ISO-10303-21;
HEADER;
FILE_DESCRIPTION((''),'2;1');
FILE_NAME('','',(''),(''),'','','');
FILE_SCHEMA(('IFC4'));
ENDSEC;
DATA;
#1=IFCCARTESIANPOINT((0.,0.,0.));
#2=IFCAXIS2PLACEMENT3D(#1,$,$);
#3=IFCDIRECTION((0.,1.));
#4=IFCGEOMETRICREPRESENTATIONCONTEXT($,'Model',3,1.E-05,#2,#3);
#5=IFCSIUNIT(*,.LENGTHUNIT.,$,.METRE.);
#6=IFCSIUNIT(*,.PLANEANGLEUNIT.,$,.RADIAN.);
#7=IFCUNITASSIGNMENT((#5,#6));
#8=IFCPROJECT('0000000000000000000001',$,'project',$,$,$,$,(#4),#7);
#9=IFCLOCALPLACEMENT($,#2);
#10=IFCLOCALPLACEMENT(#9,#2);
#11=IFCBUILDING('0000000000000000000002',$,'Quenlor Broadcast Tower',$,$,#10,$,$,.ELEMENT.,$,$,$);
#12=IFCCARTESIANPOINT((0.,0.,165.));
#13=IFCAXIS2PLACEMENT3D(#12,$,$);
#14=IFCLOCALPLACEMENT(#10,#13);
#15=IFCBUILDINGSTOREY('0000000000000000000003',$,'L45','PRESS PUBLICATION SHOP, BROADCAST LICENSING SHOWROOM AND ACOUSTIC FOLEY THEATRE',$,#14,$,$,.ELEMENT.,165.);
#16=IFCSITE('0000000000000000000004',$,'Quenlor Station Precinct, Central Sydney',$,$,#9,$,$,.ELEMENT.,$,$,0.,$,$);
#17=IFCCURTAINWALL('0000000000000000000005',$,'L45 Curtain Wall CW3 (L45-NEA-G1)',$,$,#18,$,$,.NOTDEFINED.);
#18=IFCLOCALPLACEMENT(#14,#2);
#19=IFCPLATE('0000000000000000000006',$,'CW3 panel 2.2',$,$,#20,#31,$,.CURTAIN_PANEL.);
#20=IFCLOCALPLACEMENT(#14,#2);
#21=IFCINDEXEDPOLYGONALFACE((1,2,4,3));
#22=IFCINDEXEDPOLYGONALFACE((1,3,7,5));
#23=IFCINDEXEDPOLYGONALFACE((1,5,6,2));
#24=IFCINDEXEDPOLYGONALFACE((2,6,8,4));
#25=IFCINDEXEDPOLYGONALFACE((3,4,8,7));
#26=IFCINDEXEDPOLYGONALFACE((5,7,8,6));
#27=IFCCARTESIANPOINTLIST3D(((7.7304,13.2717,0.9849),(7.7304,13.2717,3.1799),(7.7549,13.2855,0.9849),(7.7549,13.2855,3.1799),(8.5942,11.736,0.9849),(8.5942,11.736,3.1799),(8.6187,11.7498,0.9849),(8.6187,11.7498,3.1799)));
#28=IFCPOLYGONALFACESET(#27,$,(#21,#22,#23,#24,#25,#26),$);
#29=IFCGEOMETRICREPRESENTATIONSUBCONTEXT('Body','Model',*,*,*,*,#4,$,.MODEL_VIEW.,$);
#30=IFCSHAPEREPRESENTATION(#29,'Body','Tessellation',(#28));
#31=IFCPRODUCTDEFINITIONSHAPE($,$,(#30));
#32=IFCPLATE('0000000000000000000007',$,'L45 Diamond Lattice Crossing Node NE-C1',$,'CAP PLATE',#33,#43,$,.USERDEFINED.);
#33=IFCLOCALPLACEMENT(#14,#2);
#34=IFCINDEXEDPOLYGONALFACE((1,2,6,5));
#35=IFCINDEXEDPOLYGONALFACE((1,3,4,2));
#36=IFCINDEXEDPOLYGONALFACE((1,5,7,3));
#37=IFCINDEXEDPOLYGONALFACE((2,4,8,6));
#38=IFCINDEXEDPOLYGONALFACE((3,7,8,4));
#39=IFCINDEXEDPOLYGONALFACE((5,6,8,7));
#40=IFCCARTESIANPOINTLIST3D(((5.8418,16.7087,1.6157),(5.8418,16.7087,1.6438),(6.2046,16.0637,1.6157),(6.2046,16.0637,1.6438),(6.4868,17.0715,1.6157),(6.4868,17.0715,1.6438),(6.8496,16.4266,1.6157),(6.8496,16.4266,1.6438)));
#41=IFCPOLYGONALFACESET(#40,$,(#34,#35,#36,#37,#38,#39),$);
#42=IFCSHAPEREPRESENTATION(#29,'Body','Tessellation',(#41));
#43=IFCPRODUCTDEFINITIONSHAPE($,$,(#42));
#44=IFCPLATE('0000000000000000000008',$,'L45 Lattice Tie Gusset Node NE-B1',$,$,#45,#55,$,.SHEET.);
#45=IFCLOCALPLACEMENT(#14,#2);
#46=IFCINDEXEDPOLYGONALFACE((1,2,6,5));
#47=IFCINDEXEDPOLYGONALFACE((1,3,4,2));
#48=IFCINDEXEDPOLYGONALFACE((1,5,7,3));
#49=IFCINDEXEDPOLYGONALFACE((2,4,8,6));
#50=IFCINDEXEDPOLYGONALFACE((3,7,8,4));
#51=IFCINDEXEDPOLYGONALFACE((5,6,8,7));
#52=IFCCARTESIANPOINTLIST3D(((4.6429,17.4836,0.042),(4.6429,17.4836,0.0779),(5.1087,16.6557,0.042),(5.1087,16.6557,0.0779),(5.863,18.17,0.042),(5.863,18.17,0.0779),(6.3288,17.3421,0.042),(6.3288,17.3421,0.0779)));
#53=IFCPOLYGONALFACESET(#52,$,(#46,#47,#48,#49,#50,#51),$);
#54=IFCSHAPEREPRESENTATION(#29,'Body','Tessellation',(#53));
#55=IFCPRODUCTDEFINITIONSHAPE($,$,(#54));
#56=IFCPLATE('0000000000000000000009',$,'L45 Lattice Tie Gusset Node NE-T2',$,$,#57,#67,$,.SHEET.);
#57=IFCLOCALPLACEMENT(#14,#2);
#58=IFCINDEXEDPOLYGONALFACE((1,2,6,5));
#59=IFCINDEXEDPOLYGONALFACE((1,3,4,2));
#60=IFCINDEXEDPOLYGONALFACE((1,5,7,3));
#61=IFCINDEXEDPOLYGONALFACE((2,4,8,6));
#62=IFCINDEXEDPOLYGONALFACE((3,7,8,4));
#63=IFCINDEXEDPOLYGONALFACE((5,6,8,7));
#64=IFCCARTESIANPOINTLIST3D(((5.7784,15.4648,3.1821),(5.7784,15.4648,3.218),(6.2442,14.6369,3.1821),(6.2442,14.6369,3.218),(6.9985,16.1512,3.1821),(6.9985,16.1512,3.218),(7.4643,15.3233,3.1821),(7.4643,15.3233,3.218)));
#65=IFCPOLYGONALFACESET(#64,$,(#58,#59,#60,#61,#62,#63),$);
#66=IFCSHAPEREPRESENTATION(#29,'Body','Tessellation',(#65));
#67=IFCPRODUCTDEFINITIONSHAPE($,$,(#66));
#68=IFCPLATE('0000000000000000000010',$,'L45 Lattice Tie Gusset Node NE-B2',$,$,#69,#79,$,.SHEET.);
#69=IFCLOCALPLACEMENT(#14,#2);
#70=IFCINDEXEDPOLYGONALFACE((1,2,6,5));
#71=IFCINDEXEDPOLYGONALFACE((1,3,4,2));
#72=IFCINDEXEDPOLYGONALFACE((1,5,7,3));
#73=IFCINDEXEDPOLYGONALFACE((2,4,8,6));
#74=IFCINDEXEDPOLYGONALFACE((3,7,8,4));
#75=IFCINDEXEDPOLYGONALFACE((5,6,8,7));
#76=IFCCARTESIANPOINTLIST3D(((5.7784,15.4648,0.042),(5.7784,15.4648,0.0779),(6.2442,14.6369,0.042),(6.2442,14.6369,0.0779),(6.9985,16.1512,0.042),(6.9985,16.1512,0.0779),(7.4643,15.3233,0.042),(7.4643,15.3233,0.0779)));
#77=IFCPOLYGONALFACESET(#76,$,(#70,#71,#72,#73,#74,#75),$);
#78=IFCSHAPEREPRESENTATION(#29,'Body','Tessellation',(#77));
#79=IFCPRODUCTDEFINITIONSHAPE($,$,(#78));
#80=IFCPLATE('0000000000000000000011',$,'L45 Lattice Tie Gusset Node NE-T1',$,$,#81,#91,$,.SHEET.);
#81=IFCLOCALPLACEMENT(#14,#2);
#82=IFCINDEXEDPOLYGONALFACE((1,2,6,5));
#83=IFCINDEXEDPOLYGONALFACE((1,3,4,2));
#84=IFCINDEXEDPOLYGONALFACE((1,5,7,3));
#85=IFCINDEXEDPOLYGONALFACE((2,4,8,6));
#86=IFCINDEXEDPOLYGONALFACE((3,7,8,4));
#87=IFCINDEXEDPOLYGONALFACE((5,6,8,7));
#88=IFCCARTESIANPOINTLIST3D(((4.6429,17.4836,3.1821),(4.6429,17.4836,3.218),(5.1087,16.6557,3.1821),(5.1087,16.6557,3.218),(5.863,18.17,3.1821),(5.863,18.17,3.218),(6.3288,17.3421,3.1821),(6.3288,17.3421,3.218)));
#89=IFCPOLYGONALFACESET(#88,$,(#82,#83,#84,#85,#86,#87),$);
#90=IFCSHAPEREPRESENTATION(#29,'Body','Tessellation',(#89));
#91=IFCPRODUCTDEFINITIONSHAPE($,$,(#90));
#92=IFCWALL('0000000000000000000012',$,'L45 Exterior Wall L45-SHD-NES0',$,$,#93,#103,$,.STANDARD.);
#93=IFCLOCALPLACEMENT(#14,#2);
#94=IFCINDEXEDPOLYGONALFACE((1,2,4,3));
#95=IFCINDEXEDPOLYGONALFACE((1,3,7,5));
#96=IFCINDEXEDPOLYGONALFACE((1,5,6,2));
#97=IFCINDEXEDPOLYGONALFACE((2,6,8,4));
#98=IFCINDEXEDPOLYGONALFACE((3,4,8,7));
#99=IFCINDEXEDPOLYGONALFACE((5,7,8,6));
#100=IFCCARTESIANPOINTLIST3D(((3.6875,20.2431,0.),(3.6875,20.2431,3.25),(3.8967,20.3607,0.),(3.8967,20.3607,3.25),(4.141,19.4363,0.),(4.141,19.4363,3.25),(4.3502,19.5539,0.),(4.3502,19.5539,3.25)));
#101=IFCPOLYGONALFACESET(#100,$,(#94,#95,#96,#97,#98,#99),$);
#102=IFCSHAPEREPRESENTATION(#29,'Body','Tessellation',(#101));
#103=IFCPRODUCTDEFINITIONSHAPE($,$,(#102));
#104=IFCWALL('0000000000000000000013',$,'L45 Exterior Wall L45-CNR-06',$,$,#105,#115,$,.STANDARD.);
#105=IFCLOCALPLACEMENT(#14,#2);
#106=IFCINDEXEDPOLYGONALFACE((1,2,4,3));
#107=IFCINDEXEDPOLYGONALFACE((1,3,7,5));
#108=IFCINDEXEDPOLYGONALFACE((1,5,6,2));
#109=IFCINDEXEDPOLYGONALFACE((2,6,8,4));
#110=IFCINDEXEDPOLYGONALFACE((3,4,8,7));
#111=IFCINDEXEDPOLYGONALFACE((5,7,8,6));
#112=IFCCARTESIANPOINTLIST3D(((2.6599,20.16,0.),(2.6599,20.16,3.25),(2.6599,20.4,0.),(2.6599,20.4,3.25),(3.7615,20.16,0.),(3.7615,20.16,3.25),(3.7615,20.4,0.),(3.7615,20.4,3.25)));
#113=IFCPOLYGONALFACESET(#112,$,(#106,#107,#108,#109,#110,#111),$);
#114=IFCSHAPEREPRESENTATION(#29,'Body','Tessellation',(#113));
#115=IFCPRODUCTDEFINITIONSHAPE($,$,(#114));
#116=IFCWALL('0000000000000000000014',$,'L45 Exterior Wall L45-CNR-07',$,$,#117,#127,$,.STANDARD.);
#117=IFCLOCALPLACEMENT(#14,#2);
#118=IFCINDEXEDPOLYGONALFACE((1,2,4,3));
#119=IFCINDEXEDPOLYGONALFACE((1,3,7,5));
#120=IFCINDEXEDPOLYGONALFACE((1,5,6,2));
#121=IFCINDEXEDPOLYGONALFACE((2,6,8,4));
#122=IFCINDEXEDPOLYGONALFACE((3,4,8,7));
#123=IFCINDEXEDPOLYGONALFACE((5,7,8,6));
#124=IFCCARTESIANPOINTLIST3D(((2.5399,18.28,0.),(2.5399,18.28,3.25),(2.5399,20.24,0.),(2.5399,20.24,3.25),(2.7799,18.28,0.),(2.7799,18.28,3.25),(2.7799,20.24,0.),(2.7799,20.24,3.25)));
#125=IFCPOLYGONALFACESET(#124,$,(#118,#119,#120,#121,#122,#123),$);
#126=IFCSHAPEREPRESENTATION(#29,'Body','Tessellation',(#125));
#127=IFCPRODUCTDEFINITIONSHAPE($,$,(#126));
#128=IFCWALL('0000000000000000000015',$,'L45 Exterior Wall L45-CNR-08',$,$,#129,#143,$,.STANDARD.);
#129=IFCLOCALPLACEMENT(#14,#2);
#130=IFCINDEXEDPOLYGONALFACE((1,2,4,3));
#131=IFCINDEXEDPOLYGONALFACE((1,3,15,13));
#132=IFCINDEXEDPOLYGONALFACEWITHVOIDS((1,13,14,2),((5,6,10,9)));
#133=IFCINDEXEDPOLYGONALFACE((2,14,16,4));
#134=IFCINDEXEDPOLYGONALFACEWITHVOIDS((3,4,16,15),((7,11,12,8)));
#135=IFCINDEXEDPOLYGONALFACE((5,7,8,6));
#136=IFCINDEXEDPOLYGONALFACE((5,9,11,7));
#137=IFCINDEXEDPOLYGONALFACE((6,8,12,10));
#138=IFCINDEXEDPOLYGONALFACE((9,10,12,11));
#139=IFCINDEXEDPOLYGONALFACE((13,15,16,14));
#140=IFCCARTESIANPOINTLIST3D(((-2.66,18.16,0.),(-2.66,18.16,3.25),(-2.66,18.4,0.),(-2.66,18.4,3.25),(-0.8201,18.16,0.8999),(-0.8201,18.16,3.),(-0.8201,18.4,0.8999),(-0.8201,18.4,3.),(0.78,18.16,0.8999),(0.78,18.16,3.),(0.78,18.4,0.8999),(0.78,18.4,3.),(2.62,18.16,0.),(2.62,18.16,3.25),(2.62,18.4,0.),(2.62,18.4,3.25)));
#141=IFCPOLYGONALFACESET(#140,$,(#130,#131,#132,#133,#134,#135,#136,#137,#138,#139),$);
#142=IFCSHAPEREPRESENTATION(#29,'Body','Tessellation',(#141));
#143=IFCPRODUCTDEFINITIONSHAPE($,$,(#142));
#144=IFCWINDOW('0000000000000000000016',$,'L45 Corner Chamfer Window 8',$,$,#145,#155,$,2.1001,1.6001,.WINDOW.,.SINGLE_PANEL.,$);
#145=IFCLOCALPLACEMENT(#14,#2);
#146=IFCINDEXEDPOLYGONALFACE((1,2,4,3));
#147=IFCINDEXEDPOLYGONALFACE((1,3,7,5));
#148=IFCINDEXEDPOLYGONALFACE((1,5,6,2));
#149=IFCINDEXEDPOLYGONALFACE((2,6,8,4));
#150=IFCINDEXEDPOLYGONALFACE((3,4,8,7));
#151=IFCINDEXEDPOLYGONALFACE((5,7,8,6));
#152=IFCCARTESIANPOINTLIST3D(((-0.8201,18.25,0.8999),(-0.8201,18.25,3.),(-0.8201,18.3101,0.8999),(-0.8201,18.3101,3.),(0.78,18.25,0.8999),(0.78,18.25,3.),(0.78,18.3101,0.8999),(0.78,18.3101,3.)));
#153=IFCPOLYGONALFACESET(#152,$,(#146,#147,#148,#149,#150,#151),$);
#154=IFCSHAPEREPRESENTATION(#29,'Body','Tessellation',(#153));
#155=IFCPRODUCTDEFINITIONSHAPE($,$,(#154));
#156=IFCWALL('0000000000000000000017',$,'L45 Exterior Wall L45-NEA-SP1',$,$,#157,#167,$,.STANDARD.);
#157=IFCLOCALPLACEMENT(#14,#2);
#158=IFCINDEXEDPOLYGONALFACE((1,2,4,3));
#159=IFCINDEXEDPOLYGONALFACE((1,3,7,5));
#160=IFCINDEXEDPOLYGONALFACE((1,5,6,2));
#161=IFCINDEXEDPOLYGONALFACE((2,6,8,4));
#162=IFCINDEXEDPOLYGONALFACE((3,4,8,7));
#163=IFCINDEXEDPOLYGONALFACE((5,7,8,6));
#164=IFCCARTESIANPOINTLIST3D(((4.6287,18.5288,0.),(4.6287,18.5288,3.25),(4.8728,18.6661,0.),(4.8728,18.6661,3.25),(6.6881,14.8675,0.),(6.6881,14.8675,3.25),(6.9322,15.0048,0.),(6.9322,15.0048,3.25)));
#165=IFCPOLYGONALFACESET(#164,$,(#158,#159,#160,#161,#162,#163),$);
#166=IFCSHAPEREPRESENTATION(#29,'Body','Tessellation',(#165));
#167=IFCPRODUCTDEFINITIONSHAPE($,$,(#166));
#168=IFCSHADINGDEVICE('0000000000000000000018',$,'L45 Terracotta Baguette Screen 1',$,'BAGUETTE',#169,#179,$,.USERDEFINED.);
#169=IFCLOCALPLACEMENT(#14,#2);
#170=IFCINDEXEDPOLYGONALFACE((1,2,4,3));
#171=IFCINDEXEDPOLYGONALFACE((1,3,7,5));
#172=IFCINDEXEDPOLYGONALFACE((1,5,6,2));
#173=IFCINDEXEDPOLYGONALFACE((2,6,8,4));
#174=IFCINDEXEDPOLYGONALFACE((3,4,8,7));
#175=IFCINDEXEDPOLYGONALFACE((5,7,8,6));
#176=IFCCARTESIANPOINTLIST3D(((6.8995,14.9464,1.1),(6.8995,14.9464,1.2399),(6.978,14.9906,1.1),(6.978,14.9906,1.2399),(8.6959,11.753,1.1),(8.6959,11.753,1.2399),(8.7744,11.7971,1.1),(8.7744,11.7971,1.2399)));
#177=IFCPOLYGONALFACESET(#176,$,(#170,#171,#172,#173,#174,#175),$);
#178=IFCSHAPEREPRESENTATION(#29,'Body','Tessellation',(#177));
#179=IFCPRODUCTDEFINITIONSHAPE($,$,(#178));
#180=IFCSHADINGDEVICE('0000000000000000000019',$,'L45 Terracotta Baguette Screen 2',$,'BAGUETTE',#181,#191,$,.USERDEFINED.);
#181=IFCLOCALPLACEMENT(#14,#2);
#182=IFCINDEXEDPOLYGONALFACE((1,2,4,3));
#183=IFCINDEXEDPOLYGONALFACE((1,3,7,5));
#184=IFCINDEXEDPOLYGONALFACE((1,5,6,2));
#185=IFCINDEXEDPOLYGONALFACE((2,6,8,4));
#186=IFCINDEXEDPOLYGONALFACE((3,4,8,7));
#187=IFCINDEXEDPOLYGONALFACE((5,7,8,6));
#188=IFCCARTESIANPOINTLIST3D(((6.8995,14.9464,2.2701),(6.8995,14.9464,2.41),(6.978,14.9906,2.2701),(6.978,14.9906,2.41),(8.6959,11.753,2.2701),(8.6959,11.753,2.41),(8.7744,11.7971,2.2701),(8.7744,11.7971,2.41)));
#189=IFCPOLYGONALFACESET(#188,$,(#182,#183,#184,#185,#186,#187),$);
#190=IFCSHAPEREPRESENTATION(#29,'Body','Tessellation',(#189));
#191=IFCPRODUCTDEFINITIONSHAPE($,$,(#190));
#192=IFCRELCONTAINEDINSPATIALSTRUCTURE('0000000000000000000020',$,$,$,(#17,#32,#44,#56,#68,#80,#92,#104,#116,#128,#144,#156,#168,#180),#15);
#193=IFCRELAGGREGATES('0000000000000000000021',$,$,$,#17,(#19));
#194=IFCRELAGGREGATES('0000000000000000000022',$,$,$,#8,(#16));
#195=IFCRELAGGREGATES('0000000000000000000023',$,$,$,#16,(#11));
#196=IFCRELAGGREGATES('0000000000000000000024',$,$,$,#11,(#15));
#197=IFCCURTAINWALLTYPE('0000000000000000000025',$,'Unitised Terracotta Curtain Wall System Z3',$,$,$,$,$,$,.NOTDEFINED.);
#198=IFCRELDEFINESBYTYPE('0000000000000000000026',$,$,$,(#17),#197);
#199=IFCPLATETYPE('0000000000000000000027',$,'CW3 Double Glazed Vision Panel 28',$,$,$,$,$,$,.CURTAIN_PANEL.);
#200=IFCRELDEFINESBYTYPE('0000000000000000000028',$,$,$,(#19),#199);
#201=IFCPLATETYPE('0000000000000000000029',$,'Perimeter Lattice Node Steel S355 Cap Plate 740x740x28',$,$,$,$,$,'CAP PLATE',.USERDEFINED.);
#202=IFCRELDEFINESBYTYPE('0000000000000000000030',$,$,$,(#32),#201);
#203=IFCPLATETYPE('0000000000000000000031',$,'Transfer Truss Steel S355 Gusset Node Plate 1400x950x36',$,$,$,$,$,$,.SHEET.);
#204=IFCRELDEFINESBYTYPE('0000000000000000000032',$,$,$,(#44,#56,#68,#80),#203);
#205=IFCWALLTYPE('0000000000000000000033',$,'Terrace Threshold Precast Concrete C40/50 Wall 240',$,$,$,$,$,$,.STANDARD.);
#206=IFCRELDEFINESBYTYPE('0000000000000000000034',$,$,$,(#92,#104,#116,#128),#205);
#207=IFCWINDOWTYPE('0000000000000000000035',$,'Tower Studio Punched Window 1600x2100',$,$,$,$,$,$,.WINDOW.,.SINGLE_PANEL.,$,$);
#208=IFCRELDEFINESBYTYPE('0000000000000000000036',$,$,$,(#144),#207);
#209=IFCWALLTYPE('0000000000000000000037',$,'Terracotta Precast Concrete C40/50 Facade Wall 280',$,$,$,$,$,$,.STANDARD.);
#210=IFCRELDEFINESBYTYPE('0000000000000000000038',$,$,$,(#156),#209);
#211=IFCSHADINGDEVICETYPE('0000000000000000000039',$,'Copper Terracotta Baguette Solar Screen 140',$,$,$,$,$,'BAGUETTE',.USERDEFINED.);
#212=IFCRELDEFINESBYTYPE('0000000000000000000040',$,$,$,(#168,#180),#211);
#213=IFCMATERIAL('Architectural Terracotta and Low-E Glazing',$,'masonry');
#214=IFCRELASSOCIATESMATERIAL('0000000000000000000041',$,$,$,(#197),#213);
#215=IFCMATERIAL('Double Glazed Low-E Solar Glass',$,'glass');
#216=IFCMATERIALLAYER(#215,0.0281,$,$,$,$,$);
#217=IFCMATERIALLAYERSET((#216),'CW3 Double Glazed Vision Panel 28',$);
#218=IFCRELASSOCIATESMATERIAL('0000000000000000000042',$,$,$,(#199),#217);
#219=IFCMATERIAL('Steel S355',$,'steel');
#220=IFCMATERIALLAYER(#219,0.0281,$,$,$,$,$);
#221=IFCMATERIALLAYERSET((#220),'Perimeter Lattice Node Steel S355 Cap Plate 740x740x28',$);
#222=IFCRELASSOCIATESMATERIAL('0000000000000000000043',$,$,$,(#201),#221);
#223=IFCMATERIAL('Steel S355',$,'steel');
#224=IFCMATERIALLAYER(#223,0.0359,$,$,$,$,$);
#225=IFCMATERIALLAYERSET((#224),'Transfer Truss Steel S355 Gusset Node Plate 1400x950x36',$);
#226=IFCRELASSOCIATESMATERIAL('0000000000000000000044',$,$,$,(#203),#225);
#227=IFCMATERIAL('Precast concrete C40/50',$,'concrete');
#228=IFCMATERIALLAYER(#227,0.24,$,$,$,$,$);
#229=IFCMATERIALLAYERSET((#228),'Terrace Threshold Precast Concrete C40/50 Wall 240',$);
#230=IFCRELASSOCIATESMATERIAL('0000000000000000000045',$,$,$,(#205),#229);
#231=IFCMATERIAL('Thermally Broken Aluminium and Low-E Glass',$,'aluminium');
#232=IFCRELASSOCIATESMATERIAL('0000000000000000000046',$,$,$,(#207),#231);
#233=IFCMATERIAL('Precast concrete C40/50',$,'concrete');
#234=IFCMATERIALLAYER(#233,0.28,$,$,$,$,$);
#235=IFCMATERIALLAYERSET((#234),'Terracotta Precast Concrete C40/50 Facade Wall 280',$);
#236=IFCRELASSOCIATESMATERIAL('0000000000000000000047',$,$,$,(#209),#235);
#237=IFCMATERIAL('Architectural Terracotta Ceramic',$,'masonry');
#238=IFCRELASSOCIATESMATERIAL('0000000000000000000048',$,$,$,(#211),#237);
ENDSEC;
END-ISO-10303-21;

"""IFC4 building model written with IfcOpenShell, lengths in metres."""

from ifc_helpers import new_model, si_unit, direction, frame, frame_2d, origin, origin_2d, place, context, subcontext, project, spatial, rectangle, extrude, material, layer, layer_set, material_profile, profile_set, type_object, element, fill, aggregate, save


model = new_model("IFC4")

# Units and contexts
model_context = context("Model", 3, precision=1e-05, world=origin(), true_north=direction((0.0, 1.0)))
body_context = subcontext(model_context, "Body", "Model", "MODEL_VIEW")
ifc_project = project(units=[si_unit("LENGTHUNIT", "METRE"), si_unit("PLANEANGLEUNIT", "RADIAN")], contexts=[model_context])

# Site, building, storey
site_placement = place(None, origin())
site = spatial("IfcSite", under=ifc_project, at=site_placement, Name="Quenlor Station Precinct, Central Sydney", CompositionType="ELEMENT", RefElevation=0.0)
building_placement = place(site_placement, origin())
building = spatial("IfcBuilding", under=site, at=building_placement, Name="Quenlor Broadcast Tower", CompositionType="ELEMENT")
storey_placement = place(building_placement, frame((0.0, 0.0, 165.0)))
storey = spatial("IfcBuildingStorey", under=building, at=storey_placement, Name="L45", Description="PRESS PUBLICATION SHOP, BROADCAST LICENSING SHOWROOM AND ACOUSTIC FOLEY THEATRE", CompositionType="ELEMENT", Elevation=165.0)

# Curtain wall
ifc_material_1 = material(Name="Architectural Terracotta and Low-E Glazing", Category="masonry")
curtain_wall_type = type_object("IfcCurtainWallType", Name="Unitised Terracotta Curtain Wall System Z3", PredefinedType="NOTDEFINED", material=ifc_material_1)
curtain_wall_placement = place(storey_placement, origin())
curtain_wall = element("IfcCurtainWall", 1, at=curtain_wall_placement, inside=storey, type_object=curtain_wall_type, Name="L45 Curtain Wall CW3 (L45-NEA-G1)", PredefinedType="NOTDEFINED")

# Plate
ifc_material_2 = material(Name="Double Glazed Low-E Solar Glass", Category="glass")
ifc_layer_1 = layer(ifc_material_2, 0.0281)
ifc_layer_set_1 = layer_set([ifc_layer_1], Name="CW3 Double Glazed Vision Panel 28")
plate_type_1 = type_object("IfcPlateType", Name="CW3 Double Glazed Vision Panel 28", PredefinedType="CURTAIN_PANEL", material=ifc_layer_set_1)
plate_1_placement = place(storey_placement, frame((8.1746, 12.5107, 0.9849), z_axis=(0.0, 0.0, 1.0), x_axis=(0.49027, -0.871571, 0.0)))
plate_1 = element("IfcPlate", 2, at=plate_1_placement, type_object=plate_type_1, Name="CW3 panel 2.2", PredefinedType="CURTAIN_PANEL", context=body_context, shape_type="SweptSolid", body=[
    extrude(rectangle(XDim=1.762, YDim=0.0281, at=origin_2d()), origin(), (0.0, 0.0, 1.0), 2.1951),
])
aggregate(curtain_wall, [plate_1])

# Plates
ifc_material_3 = material(Name="Steel S355", Category="steel")
ifc_layer_2 = layer(ifc_material_3, 0.0281)
ifc_layer_set_2 = layer_set([ifc_layer_2], Name="Perimeter Lattice Node Steel S355 Cap Plate 740x740x28")
plate_type_2 = type_object("IfcPlateType", Name="Perimeter Lattice Node Steel S355 Cap Plate 740x740x28", ElementType="CAP PLATE", PredefinedType="USERDEFINED", material=ifc_layer_set_2)
plate_2_placement = place(storey_placement, frame((6.3457, 16.5676, 1.6157), z_axis=(0.0, 0.0, 1.0), x_axis=(0.490295, -0.871556, 0.0)))
element("IfcPlate", 3, at=plate_2_placement, inside=storey, type_object=plate_type_2, Name="L45 Diamond Lattice Crossing Node NE-C1", ObjectType="CAP PLATE", PredefinedType="USERDEFINED", context=body_context, shape_type="SweptSolid", body=[
    extrude(rectangle(XDim=0.74, YDim=0.74, at=origin_2d()), origin(), (0.0, 0.0, 1.0), 0.0281),
])
ifc_material_4 = material(Name="Steel S355", Category="steel")
ifc_layer_3 = layer(ifc_material_4, 0.0359)
ifc_layer_set_3 = layer_set([ifc_layer_3], Name="Transfer Truss Steel S355 Gusset Node Plate 1400x950x36")
plate_type_3 = type_object("IfcPlateType", Name="Transfer Truss Steel S355 Gusset Node Plate 1400x950x36", PredefinedType="SHEET", material=ifc_layer_set_3)
for number, where, z_axis, x_axis, name in (
    (4, (5.4858, 17.4128, 0.042), (0.0, 0.0, 1.0), (0.871556, 0.490295, 0.0), "L45 Lattice Tie Gusset Node NE-B1"),
    (5, (6.6213, 15.394, 3.1821), (0.0, 0.0, 1.0), (0.871556, 0.490295, 0.0), "L45 Lattice Tie Gusset Node NE-T2"),
    (6, (6.6213, 15.394, 0.042), (0.0, 0.0, 1.0), (0.871556, 0.490295, 0.0), "L45 Lattice Tie Gusset Node NE-B2"),
    (7, (5.4858, 17.4128, 3.1821), (0.0, 0.0, 1.0), (0.871556, 0.490295, 0.0), "L45 Lattice Tie Gusset Node NE-T1"),
):
    element("IfcPlate", number, at=place(storey_placement, frame(where, z_axis=z_axis, x_axis=x_axis)), inside=storey, type_object=plate_type_3, Name=name, PredefinedType="SHEET", context=body_context, shape_type="SweptSolid", body=[
        extrude(rectangle(XDim=1.3999, YDim=0.95, at=origin_2d()), origin(), (0.0, 0.0, 1.0), 0.0359),
    ])

# Walls
ifc_material_5 = material(Name="Precast concrete C40/50", Category="concrete")
ifc_layer_4 = layer(ifc_material_5, 0.24)
ifc_layer_set_4 = layer_set([ifc_layer_4], Name="Terrace Threshold Precast Concrete C40/50 Wall 240")
wall_type_1 = type_object("IfcWallType", Name="Terrace Threshold Precast Concrete C40/50 Wall 240", PredefinedType="STANDARD", material=ifc_layer_set_4)
wall_1_placement = place(storey_placement, frame((3.792, 20.302, 0.0), z_axis=(0.0, 0.0, 1.0), x_axis=(0.490048, -0.871695, 0.0)))
element("IfcWall", 8, at=wall_1_placement, inside=storey, type_object=wall_type_1, Name="L45 Exterior Wall L45-SHD-NES0", PredefinedType="STANDARD", context=body_context, shape_type="SweptSolid", body=[
    extrude(rectangle(XDim=0.9255, YDim=0.24, at=frame_2d((0.4629, 0.0))), origin(), (0.0, 0.0, 1.0), 3.25),
])
wall_2_placement = place(storey_placement, frame((3.7615, 20.28, 0.0), z_axis=(0.0, 0.0, 1.0), x_axis=(-1.0, 0.0, 0.0)))
element("IfcWall", 9, at=wall_2_placement, inside=storey, type_object=wall_type_1, Name="L45 Exterior Wall L45-CNR-06", PredefinedType="STANDARD", context=body_context, shape_type="SweptSolid", body=[
    extrude(rectangle(XDim=1.1016, YDim=0.24, at=frame_2d((0.5508, 0.0))), origin(), (0.0, 0.0, 1.0), 3.25),
])
wall_3_placement = place(storey_placement, frame((2.6599, 20.24, 0.0), z_axis=(0.0, 0.0, 1.0), x_axis=(0.0, -1.0, 0.0)))
element("IfcWall", 10, at=wall_3_placement, inside=storey, type_object=wall_type_1, Name="L45 Exterior Wall L45-CNR-07", PredefinedType="STANDARD", context=body_context, shape_type="SweptSolid", body=[
    extrude(rectangle(XDim=1.96, YDim=0.24, at=frame_2d((0.98, 0.0))), origin(), (0.0, 0.0, 1.0), 3.25),
])

# Wall, opening, window
wall_4_placement = place(storey_placement, frame((2.6201, 18.28, 0.0), z_axis=(0.0, 0.0, 1.0), x_axis=(-1.0, 0.0, 0.0)))
wall_4 = element("IfcWall", 11, at=wall_4_placement, inside=storey, type_object=wall_type_1, Name="L45 Exterior Wall L45-CNR-08", PredefinedType="STANDARD", context=body_context, shape_type="SweptSolid", body=[
    extrude(rectangle(XDim=5.28, YDim=0.24, at=frame_2d((2.6401, 0.0))), origin(), (0.0, 0.0, 1.0), 3.25),
])
opening_placement = place(wall_4_placement, frame((1.8401, 0.0, 0.8999)))
opening = element("IfcOpeningElement", 12, at=opening_placement, cuts=wall_4, PredefinedType="OPENING", context=body_context, shape_type="SweptSolid", body=[
    extrude(rectangle(XDim=1.6001, YDim=2.1001, at=frame_2d((0.8, 1.05))), frame((0.0, 0.1299, 0.0), z_axis=(0.0, -1.0, 0.0), x_axis=(1.0, 0.0, 0.0)), (0.0, 0.0, 1.0), 0.26),
])
ifc_material_6 = material(Name="Thermally Broken Aluminium and Low-E Glass", Category="aluminium")
window_type = type_object("IfcWindowType", Name="Tower Studio Punched Window 1600x2100", PartitioningType="SINGLE_PANEL", PredefinedType="WINDOW", material=ifc_material_6)
window_placement = place(opening_placement, origin())
window = element("IfcWindow", 13, at=window_placement, inside=storey, type_object=window_type, Name="L45 Corner Chamfer Window 8", OverallHeight=2.1001, OverallWidth=1.6001, PartitioningType="SINGLE_PANEL", PredefinedType="WINDOW", context=body_context, shape_type="SweptSolid", body=[
    extrude(rectangle(XDim=1.6001, YDim=2.1001, at=frame_2d((0.8, 1.05))), frame((0.0, 0.03, 0.0), z_axis=(0.0, -1.0, 0.0), x_axis=(1.0, 0.0, 0.0)), (0.0, 0.0, 1.0), 0.0601),
])
fill(opening, window)

# Wall
ifc_material_7 = material(Name="Precast concrete C40/50", Category="concrete")
ifc_layer_5 = layer(ifc_material_7, 0.28)
ifc_layer_set_5 = layer_set([ifc_layer_5], Name="Terracotta Precast Concrete C40/50 Facade Wall 280")
wall_type_2 = type_object("IfcWallType", Name="Terracotta Precast Concrete C40/50 Facade Wall 280", PredefinedType="STANDARD", material=ifc_layer_set_5)
wall_5_placement = place(storey_placement, frame((4.7507, 18.5974, 0.0), z_axis=(0.0, 0.0, 1.0), x_axis=(0.49025, -0.871582, 0.0)))
element("IfcWall", 14, at=wall_5_placement, inside=storey, type_object=wall_type_2, Name="L45 Exterior Wall L45-NEA-SP1", PredefinedType="STANDARD", context=body_context, shape_type="SweptSolid", body=[
    extrude(rectangle(XDim=4.2007, YDim=0.28, at=frame_2d((2.1003, 0.0))), origin(), (0.0, 0.0, 1.0), 3.25),
])

# Shading devices
ifc_material_8 = material(Name="Architectural Terracotta Ceramic", Category="masonry")
ifc_material_profile_1 = material_profile(ifc_material_8, rectangle(XDim=0.0901, YDim=0.1399, at=origin_2d()))
ifc_profile_set_1 = profile_set([ifc_material_profile_1], Name="Architectural Terracotta Ceramic BAG90x140")
shading_device_type = type_object("IfcShadingDeviceType", Name="Copper Terracotta Baguette Solar Screen 140", ElementType="BAGUETTE", PredefinedType="USERDEFINED", material=ifc_profile_set_1)
for number, where, z_axis, x_axis, name in (
    (15, (6.9387, 14.9685, 1.1699), (0.490287, -0.871561, 0.0), (0.871561, 0.490287, 0.0), "L45 Terracotta Baguette Screen 1"),
    (16, (6.9387, 14.9685, 2.3401), (0.490287, -0.871561, 0.0), (0.871561, 0.490287, 0.0), "L45 Terracotta Baguette Screen 2"),
):
    element("IfcShadingDevice", number, at=place(storey_placement, frame(where, z_axis=z_axis, x_axis=x_axis)), inside=storey, type_object=shading_device_type, Name=name, ObjectType="BAGUETTE", PredefinedType="USERDEFINED", context=body_context, shape_type="SweptSolid", body=[
        extrude(rectangle(XDim=0.0901, YDim=0.1399, at=origin_2d()), origin(), (0.0, 0.0, 1.0), 3.6641),
    ])

save(model, "model.ifc")
